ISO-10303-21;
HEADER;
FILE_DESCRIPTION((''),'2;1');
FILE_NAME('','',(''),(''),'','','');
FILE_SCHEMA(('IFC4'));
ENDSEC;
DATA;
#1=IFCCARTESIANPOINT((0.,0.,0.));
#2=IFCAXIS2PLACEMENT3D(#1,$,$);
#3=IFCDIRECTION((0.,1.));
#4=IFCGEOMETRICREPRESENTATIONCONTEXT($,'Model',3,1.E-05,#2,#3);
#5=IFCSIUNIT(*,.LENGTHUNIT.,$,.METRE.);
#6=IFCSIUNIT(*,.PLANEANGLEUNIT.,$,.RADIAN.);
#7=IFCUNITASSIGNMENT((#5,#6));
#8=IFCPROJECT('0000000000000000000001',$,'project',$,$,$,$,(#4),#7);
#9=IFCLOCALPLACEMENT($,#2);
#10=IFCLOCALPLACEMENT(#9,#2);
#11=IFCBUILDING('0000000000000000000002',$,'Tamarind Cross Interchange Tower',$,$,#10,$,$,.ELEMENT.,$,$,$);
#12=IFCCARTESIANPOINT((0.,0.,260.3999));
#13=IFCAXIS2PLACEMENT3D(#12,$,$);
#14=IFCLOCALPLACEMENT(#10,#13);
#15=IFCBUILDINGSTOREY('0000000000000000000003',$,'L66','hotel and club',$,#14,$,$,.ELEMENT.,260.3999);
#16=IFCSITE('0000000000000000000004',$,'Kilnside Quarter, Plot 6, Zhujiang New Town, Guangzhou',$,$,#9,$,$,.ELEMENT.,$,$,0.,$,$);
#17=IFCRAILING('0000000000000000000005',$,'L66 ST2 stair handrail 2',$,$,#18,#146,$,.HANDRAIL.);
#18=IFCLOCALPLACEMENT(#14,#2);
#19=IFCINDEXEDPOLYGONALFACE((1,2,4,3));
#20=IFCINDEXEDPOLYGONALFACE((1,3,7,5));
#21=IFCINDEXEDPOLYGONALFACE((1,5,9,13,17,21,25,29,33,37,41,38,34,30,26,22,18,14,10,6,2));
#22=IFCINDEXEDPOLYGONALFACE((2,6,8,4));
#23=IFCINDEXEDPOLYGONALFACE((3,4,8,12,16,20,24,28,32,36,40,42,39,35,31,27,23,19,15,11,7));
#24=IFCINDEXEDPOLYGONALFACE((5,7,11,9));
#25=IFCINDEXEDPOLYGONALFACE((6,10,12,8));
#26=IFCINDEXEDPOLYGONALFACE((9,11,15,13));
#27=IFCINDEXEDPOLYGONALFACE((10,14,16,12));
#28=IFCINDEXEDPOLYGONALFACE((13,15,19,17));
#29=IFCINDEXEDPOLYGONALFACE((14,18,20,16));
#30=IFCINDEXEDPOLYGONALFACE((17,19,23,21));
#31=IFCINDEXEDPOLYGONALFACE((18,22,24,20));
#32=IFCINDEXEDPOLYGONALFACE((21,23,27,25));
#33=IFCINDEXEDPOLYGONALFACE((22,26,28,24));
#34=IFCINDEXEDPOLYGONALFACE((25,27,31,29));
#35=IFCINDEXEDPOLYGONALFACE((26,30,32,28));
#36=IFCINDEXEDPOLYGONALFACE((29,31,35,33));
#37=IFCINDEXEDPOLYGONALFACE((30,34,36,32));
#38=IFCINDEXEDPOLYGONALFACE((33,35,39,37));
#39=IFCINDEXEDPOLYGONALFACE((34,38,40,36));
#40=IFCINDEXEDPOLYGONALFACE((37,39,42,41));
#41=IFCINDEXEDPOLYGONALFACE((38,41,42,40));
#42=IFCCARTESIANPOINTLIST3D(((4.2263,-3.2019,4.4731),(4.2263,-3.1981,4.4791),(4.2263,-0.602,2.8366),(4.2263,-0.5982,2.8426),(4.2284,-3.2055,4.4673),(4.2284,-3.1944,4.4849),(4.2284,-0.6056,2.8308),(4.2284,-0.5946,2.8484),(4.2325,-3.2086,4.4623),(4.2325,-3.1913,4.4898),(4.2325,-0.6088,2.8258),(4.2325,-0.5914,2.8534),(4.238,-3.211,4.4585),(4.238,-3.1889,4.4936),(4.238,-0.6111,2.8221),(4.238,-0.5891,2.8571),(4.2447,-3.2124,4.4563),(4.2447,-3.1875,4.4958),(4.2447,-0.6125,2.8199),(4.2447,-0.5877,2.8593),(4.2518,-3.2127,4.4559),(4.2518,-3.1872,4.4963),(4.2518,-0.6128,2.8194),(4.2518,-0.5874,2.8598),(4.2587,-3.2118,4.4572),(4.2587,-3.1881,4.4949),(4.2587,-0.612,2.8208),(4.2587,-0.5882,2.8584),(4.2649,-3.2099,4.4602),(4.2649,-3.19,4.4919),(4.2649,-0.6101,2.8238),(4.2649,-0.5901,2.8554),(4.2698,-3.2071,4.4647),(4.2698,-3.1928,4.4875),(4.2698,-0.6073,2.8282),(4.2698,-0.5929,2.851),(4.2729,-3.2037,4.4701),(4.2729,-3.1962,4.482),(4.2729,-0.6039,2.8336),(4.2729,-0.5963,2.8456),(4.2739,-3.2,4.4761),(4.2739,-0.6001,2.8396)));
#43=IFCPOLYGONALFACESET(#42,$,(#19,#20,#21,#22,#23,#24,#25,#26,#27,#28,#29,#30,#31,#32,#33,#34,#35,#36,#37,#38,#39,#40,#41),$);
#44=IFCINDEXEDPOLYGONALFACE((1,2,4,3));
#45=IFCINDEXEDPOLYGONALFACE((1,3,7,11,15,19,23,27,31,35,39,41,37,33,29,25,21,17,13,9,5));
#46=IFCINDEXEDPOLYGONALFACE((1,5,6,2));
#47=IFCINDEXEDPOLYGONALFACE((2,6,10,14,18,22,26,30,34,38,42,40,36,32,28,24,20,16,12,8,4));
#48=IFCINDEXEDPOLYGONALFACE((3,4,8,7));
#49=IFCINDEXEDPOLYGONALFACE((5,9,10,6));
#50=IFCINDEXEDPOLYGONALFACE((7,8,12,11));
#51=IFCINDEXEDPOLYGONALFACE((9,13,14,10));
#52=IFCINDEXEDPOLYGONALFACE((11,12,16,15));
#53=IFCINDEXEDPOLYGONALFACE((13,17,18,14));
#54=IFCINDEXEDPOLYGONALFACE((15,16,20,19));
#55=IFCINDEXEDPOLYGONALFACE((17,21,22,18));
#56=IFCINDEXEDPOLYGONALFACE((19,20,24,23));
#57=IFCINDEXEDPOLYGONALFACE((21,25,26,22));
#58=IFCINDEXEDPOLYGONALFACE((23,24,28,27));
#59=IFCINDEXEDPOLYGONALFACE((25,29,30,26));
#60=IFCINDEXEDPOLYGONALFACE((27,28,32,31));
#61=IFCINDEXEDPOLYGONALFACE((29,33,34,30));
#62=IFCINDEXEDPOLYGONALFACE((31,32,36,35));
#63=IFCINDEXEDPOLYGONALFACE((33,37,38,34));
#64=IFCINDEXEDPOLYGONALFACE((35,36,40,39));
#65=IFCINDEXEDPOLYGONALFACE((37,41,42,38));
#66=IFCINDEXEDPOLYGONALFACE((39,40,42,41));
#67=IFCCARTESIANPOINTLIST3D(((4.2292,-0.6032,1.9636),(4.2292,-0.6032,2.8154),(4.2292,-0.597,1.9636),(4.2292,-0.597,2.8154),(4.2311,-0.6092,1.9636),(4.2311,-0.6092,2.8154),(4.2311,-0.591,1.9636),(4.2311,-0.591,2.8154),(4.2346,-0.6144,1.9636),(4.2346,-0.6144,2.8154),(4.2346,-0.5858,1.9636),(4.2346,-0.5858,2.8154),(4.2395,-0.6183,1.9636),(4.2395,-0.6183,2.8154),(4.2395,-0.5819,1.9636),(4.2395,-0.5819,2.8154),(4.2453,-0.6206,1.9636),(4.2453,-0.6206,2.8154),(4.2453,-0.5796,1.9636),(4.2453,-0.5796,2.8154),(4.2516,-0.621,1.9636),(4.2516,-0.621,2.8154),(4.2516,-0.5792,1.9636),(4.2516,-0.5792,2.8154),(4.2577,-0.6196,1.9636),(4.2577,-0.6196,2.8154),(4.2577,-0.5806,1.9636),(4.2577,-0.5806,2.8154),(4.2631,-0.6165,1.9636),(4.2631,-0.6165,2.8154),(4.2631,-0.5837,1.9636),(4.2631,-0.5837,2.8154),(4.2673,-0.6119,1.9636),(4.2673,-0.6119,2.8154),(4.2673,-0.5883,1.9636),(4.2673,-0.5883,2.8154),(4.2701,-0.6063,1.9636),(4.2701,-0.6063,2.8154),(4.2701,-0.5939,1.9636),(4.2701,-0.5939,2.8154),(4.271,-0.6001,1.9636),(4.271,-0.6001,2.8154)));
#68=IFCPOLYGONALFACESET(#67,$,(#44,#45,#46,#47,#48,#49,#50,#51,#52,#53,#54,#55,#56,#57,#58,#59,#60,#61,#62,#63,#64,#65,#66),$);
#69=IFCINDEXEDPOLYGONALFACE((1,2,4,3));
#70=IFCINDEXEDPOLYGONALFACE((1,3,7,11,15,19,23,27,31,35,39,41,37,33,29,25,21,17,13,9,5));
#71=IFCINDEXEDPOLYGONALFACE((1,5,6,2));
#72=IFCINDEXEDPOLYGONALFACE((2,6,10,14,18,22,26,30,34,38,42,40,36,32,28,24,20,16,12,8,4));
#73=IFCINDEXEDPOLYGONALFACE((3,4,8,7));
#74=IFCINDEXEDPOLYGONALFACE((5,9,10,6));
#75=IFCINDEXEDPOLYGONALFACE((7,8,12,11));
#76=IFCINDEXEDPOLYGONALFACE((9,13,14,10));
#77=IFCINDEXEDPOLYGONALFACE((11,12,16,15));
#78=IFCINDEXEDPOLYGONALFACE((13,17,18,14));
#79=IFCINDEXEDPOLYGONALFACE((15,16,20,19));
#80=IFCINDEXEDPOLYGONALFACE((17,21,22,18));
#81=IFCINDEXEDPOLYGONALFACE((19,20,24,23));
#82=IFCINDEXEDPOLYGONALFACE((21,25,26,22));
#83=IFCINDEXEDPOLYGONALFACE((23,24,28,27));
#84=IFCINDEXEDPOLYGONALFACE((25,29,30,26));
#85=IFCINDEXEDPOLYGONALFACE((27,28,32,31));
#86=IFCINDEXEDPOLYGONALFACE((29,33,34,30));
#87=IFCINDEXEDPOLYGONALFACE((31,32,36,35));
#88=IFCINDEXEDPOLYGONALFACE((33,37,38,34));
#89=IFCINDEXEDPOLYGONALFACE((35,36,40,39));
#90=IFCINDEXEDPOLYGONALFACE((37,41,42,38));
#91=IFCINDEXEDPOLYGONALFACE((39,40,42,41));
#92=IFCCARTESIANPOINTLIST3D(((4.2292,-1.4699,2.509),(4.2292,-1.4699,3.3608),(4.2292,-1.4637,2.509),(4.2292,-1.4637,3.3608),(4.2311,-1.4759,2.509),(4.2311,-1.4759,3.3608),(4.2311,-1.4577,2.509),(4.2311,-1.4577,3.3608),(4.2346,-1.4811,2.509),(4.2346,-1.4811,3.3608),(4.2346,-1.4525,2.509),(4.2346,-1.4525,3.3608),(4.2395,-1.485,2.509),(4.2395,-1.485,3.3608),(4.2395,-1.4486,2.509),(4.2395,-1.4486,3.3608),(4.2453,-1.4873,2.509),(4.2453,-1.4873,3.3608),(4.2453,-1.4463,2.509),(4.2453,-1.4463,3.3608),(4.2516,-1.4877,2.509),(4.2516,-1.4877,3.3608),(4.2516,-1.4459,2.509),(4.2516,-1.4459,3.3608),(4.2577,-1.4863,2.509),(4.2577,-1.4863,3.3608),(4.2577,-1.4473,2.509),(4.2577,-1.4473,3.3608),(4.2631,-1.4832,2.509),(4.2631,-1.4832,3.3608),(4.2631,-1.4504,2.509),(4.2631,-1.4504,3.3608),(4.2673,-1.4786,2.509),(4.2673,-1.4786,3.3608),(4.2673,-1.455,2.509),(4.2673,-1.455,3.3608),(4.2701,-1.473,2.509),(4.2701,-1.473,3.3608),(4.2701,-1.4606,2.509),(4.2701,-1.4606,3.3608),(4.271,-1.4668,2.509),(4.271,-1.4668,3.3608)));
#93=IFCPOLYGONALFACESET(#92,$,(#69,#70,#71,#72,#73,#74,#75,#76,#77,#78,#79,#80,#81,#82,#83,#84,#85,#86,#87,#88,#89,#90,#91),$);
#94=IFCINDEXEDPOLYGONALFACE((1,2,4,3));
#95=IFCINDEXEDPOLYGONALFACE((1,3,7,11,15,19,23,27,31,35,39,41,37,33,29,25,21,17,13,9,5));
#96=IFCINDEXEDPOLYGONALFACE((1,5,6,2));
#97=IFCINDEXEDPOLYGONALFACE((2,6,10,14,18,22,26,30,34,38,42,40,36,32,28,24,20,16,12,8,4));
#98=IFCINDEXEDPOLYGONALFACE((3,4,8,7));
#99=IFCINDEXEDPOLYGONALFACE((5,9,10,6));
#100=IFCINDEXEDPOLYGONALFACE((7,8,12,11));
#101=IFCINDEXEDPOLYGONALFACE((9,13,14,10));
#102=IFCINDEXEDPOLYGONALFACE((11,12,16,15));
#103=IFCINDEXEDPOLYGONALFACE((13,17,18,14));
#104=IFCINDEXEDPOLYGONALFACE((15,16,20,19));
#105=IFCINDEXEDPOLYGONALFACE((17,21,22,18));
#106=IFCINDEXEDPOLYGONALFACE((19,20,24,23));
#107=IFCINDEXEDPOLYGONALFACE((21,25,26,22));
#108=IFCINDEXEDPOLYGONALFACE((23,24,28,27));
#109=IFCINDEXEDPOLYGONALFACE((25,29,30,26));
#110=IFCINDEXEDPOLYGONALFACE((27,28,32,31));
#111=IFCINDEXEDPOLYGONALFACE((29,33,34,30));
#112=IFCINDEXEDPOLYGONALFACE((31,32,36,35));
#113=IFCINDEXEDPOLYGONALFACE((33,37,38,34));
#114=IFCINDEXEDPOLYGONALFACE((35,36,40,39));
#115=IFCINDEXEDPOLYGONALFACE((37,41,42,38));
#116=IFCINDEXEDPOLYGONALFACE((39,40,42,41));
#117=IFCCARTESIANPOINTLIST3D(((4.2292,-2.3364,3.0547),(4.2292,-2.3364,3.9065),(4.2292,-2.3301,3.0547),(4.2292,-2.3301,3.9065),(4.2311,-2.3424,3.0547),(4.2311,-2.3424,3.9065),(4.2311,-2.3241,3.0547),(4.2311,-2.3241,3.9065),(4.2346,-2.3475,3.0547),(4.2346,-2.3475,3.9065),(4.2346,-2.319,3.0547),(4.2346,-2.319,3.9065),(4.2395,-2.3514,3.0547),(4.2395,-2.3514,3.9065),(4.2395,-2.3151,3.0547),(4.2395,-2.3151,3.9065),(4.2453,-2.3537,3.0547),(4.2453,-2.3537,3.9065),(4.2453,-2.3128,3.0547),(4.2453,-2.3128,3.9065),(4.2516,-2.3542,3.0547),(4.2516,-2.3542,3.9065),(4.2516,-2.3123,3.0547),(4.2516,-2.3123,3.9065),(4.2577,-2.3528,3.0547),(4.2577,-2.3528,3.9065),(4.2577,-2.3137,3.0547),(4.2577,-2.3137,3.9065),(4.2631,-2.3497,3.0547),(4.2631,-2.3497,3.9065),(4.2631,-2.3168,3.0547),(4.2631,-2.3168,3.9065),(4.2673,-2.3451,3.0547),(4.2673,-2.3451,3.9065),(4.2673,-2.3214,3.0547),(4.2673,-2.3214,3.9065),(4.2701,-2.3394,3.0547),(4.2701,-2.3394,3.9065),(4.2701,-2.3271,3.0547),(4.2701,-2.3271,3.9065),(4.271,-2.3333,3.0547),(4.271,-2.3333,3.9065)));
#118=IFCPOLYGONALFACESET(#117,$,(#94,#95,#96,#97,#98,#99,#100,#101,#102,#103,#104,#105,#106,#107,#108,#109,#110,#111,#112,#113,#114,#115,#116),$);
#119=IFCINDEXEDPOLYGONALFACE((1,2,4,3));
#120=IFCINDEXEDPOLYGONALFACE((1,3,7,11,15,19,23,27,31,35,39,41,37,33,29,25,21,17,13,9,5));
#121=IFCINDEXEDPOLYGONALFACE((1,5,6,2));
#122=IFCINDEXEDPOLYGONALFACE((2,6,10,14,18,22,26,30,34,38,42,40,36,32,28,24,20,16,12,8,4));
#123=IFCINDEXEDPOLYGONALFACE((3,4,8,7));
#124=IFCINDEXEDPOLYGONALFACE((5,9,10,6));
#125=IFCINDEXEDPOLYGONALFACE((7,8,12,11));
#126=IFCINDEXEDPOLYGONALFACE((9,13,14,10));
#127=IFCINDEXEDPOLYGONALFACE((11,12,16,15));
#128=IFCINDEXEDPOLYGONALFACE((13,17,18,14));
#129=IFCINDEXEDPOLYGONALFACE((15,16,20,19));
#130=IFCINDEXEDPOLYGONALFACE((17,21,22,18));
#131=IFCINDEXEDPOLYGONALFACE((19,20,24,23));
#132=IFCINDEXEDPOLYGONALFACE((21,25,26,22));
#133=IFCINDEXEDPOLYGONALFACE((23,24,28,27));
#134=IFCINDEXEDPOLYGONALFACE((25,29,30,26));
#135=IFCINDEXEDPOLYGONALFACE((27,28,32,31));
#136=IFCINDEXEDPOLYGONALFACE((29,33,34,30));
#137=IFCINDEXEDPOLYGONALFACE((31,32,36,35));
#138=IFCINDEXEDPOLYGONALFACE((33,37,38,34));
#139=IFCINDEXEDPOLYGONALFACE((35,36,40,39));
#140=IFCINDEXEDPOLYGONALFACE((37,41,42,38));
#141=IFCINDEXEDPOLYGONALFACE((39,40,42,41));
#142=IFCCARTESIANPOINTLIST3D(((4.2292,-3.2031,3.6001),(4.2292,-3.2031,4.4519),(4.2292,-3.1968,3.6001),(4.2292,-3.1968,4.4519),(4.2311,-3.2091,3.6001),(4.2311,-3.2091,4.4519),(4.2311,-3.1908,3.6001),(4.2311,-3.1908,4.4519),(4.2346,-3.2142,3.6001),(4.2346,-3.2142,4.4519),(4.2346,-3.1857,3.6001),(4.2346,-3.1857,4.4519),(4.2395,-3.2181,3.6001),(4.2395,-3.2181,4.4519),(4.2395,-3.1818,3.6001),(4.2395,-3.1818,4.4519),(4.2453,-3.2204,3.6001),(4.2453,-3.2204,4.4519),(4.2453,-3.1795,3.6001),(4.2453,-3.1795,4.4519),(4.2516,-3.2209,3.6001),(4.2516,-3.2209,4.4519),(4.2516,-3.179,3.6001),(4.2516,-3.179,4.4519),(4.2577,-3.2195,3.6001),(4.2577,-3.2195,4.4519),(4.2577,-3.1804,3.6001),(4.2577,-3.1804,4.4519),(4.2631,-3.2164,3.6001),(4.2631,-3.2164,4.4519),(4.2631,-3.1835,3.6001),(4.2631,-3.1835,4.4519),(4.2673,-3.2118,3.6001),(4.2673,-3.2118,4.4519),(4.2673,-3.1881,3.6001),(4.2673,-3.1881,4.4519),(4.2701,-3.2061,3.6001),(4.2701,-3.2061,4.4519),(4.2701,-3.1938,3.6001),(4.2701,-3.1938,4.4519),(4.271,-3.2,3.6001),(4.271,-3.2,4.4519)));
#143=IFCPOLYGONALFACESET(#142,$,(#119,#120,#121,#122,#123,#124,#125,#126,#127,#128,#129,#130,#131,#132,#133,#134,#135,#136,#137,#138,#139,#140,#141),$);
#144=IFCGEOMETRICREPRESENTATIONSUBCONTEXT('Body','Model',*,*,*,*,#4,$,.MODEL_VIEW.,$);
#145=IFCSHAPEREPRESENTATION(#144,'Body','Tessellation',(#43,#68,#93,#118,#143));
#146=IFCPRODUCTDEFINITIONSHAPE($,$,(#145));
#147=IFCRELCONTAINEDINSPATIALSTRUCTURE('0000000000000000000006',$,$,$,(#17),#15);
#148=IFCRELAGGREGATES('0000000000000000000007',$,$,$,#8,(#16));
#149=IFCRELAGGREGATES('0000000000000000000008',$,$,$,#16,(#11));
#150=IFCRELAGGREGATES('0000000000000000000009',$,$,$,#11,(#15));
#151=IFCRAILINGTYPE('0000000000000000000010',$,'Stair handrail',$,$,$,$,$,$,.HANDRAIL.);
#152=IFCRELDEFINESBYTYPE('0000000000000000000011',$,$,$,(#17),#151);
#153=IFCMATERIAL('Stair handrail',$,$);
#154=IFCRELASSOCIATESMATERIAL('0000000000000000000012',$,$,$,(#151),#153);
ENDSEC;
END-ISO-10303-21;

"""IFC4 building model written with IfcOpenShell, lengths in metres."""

from ifc_helpers import new_model, si_unit, direction, frame, origin, origin_2d, place, context, subcontext, project, spatial, circle, extrude, material, type_object, element, save


model = new_model("IFC4")

# Units and contexts
model_context = context("Model", 3, precision=1e-05, world=origin(), true_north=direction((0.0, 1.0)))
body_context = subcontext(model_context, "Body", "Model", "MODEL_VIEW")
ifc_project = project(units=[si_unit("LENGTHUNIT", "METRE"), si_unit("PLANEANGLEUNIT", "RADIAN")], contexts=[model_context])

# Site, building, storey
site_placement = place(None, origin())
site = spatial("IfcSite", under=ifc_project, at=site_placement, Name="Kilnside Quarter, Plot 6, Zhujiang New Town, Guangzhou", CompositionType="ELEMENT", RefElevation=0.0)
building_placement = place(site_placement, origin())
building = spatial("IfcBuilding", under=site, at=building_placement, Name="Tamarind Cross Interchange Tower", CompositionType="ELEMENT")
storey_placement = place(building_placement, frame((0.0, 0.0, 260.3999)))
storey = spatial("IfcBuildingStorey", under=building, at=storey_placement, Name="L66", Description="hotel and club", CompositionType="ELEMENT", Elevation=260.3999)

# Railing
ifc_material_1 = material(Name="Stair handrail")
railing_type_1 = type_object("IfcRailingType", Name="Stair handrail", PredefinedType="HANDRAIL", material=ifc_material_1)
railing_1_placement = place(storey_placement, frame((4.25, -0.6001, 1.9636)))
element("IfcRailing", 1, at=railing_1_placement, inside=storey, type_object=railing_type_1, Name="L66 ST2 stair handrail 2", PredefinedType="HANDRAIL", context=body_context, shape_type="SweptSolid", body=[
    extrude(circle(Radius=0.0239, at=origin_2d()), frame((0.0, 0.0, 0.876), z_axis=(0.0, -0.846302, 0.532704), x_axis=(1.0, 0.0, 0.0)), (0.0, 0.0, 1.0), 3.072),
    extrude(circle(Radius=0.021, at=origin_2d()), origin(), (0.0, 0.0, 1.0), 0.8518),
    extrude(circle(Radius=0.021, at=origin_2d()), frame((0.0, -0.8667, 0.5454)), (0.0, 0.0, 1.0), 0.8518),
    extrude(circle(Radius=0.021, at=origin_2d()), frame((0.0, -1.7332, 1.0911)), (0.0, 0.0, 1.0), 0.8518),
    extrude(circle(Radius=0.021, at=origin_2d()), frame((0.0, -2.5999, 1.6365)), (0.0, 0.0, 1.0), 0.8518),
])

save(model, "model.ifc")
